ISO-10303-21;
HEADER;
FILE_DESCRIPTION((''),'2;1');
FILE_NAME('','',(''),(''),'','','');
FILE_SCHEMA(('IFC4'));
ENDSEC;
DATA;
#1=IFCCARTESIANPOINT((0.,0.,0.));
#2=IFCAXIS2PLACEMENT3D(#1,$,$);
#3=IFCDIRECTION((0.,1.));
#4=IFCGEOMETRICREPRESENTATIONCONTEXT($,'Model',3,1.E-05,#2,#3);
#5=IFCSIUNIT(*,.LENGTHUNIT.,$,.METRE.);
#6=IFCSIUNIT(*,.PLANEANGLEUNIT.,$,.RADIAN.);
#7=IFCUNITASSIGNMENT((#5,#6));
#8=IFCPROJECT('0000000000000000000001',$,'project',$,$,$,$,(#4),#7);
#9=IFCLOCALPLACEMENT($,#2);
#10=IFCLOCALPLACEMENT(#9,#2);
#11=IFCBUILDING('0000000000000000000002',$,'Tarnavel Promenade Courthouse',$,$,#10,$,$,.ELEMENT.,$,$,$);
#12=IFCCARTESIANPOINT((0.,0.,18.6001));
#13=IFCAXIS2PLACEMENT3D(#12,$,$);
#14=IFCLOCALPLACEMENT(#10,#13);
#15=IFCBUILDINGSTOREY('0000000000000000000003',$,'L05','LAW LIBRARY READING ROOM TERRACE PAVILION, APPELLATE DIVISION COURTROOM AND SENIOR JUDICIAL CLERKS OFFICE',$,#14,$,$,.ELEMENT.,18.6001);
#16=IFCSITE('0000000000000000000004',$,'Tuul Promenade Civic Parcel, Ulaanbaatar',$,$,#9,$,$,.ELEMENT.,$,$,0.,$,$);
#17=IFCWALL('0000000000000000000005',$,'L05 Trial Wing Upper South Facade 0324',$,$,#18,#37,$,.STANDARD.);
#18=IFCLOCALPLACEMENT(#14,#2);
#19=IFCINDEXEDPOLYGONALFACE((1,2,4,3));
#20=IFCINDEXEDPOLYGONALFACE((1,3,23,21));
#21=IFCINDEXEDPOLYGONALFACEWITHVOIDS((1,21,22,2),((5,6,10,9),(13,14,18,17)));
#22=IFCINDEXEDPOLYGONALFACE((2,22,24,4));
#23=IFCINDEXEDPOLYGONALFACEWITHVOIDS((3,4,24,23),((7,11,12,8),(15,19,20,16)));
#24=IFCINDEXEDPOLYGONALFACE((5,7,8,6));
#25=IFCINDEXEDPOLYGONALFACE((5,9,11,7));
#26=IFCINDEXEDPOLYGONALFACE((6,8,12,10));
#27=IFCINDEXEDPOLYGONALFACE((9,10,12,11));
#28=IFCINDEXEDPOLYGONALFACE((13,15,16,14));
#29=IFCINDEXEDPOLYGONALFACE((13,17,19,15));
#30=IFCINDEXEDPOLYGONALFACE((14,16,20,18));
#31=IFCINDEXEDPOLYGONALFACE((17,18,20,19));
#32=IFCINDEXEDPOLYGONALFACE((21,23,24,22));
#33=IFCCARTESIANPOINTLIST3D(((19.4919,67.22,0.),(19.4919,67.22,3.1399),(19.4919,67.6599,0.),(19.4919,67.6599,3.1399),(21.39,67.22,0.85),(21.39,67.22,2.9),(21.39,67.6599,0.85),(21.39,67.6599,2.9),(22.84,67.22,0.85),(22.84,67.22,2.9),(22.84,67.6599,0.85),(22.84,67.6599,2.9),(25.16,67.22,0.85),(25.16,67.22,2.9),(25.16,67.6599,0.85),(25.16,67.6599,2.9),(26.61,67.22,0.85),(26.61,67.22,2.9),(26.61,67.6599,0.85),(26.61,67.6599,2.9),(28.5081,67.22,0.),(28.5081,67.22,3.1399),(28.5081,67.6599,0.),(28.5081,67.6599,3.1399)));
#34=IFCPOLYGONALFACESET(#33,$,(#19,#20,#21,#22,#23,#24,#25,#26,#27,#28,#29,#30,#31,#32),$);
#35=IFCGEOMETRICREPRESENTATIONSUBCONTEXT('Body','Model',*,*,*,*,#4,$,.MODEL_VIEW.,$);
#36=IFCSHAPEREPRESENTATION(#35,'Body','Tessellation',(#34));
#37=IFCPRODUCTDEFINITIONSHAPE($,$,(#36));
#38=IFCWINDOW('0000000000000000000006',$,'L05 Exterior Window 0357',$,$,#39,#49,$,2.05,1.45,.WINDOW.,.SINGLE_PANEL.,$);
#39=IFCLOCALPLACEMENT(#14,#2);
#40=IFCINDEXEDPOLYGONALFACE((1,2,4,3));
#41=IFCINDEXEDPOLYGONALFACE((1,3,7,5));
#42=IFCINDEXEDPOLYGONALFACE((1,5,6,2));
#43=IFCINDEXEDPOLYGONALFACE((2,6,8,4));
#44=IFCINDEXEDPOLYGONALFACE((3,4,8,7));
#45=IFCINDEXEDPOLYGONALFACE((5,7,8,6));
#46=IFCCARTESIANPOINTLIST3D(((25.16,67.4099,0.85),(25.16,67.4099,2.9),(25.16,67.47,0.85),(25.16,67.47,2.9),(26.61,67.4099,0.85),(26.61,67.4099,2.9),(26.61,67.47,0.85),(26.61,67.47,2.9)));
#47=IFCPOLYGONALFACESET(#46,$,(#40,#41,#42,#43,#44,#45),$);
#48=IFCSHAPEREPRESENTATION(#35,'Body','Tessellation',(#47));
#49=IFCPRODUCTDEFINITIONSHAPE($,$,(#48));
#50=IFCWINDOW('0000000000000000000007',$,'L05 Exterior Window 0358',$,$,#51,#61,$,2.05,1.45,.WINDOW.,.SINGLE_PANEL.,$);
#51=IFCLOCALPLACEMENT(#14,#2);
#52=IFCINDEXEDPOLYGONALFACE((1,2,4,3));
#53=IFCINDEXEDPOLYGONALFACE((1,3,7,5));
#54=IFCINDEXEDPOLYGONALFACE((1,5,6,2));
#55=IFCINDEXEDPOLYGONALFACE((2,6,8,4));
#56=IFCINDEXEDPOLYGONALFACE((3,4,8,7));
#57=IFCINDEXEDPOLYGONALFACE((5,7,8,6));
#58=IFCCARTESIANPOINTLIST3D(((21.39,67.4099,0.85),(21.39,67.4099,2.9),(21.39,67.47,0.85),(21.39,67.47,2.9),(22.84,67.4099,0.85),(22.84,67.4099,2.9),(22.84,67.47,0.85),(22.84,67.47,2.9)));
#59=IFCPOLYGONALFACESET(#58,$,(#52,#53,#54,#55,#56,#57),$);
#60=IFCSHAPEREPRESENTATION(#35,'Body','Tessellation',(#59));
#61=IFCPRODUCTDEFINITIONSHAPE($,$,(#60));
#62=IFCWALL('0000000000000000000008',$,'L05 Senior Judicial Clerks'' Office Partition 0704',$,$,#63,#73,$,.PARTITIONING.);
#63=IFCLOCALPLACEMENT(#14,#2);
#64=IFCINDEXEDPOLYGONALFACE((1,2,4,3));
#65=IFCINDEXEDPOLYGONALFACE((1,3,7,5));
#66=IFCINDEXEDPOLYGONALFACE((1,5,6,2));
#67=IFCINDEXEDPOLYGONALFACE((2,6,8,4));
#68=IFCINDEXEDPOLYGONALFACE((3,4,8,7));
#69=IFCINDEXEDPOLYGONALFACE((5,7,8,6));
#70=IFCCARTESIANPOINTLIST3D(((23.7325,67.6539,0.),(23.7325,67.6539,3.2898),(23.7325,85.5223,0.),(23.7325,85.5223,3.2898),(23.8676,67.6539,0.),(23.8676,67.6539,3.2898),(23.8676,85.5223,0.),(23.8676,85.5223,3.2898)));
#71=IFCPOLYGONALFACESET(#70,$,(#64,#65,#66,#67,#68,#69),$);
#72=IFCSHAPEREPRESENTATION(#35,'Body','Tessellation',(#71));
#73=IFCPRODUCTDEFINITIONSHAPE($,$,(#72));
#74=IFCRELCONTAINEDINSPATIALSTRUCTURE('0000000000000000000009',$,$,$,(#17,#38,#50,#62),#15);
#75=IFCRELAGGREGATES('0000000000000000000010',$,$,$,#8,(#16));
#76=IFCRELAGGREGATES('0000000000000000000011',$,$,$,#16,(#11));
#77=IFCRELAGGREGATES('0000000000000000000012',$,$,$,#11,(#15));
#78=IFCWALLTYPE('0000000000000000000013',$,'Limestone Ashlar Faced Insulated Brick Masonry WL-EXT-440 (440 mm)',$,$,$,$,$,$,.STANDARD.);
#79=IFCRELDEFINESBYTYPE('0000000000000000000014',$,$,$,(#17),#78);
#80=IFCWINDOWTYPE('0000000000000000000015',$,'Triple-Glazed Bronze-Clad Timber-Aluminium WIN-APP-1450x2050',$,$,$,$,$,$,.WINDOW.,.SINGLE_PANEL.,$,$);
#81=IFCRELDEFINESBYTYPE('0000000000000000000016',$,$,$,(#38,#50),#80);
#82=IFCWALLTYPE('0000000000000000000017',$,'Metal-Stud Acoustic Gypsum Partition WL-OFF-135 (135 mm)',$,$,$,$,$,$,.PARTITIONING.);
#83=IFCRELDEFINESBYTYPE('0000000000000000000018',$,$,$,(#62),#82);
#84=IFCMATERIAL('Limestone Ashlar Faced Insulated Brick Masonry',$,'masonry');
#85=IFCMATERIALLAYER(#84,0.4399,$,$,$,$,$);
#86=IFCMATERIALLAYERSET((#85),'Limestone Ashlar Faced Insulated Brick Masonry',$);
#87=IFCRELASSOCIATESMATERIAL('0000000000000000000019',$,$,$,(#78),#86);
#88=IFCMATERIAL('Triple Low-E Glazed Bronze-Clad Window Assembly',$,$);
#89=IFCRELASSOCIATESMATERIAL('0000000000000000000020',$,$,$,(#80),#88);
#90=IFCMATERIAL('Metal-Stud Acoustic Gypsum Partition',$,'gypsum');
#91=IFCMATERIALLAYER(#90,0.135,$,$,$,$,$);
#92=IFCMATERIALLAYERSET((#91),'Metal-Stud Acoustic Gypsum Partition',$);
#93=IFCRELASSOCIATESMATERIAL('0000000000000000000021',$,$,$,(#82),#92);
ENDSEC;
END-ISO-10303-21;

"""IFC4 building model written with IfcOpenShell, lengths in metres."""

from ifc_helpers import new_model, si_unit, direction, frame, frame_2d, origin, place, context, subcontext, project, spatial, rectangle, extrude, material, layer, layer_set, type_object, element, fill, save


model = new_model("IFC4")

# Units and contexts
model_context = context("Model", 3, precision=1e-05, world=origin(), true_north=direction((0.0, 1.0)))
body_context = subcontext(model_context, "Body", "Model", "MODEL_VIEW")
ifc_project = project(units=[si_unit("LENGTHUNIT", "METRE"), si_unit("PLANEANGLEUNIT", "RADIAN")], contexts=[model_context])

# Site, building, storey
site_placement = place(None, origin())
site = spatial("IfcSite", under=ifc_project, at=site_placement, Name="Tuul Promenade Civic Parcel, Ulaanbaatar", CompositionType="ELEMENT", RefElevation=0.0)
building_placement = place(site_placement, origin())
building = spatial("IfcBuilding", under=site, at=building_placement, Name="Tarnavel Promenade Courthouse", CompositionType="ELEMENT")
storey_placement = place(building_placement, frame((0.0, 0.0, 18.6001)))
storey = spatial("IfcBuildingStorey", under=building, at=storey_placement, Name="L05", Description="LAW LIBRARY READING ROOM TERRACE PAVILION, APPELLATE DIVISION COURTROOM AND SENIOR JUDICIAL CLERKS OFFICE", CompositionType="ELEMENT", Elevation=18.6001)

# Wall, openings, windows
ifc_material_1 = material(Name="Limestone Ashlar Faced Insulated Brick Masonry", Category="masonry")
ifc_layer_1 = layer(ifc_material_1, 0.4399)
ifc_layer_set_1 = layer_set([ifc_layer_1], Name="Limestone Ashlar Faced Insulated Brick Masonry")
wall_type_1 = type_object("IfcWallType", Name="Limestone Ashlar Faced Insulated Brick Masonry WL-EXT-440 (440 mm)", PredefinedType="STANDARD", material=ifc_layer_set_1)
wall_1_placement = place(storey_placement, frame((28.5081, 67.4399, 0.0), z_axis=(0.0, 0.0, 1.0), x_axis=(-1.0, 0.0, 0.0)))
wall_1 = element("IfcWall", 1, at=wall_1_placement, inside=storey, type_object=wall_type_1, Name="L05 Trial Wing Upper South Facade 0324", PredefinedType="STANDARD", context=body_context, shape_type="SweptSolid", body=[
    extrude(rectangle(XDim=9.0161, YDim=0.4399, at=frame_2d((4.5081, 0.0))), origin(), (0.0, 0.0, 1.0), 3.1399),
])
opening_1_placement = place(wall_1_placement, frame((1.8979, 0.0, 0.8501)))
opening_1 = element("IfcOpeningElement", 2, at=opening_1_placement, cuts=wall_1, PredefinedType="OPENING", context=body_context, shape_type="SweptSolid", body=[
    extrude(rectangle(XDim=1.45, YDim=2.05, at=frame_2d((0.7251, 1.0249))), frame((0.0, 0.23, 0.0), z_axis=(0.0, -1.0, 0.0), x_axis=(1.0, 0.0, 0.0)), (0.0, 0.0, 1.0), 0.46),
])
opening_2_placement = place(wall_1_placement, frame((5.668, 0.0, 0.8501)))
opening_2 = element("IfcOpeningElement", 3, at=opening_2_placement, cuts=wall_1, PredefinedType="OPENING", context=body_context, shape_type="SweptSolid", body=[
    extrude(rectangle(XDim=1.45, YDim=2.05, at=frame_2d((0.7251, 1.0249))), frame((0.0, 0.23, 0.0), z_axis=(0.0, -1.0, 0.0), x_axis=(1.0, 0.0, 0.0)), (0.0, 0.0, 1.0), 0.46),
])
ifc_material_2 = material(Name="Triple Low-E Glazed Bronze-Clad Window Assembly")
window_type = type_object("IfcWindowType", Name="Triple-Glazed Bronze-Clad Timber-Aluminium WIN-APP-1450x2050", PartitioningType="SINGLE_PANEL", PredefinedType="WINDOW", material=ifc_material_2)
window_1_placement = place(opening_1_placement, origin())
window_1 = element("IfcWindow", 4, at=window_1_placement, inside=storey, type_object=window_type, Name="L05 Exterior Window 0357", OverallHeight=2.05, OverallWidth=1.45, PartitioningType="SINGLE_PANEL", PredefinedType="WINDOW", context=body_context, shape_type="SweptSolid", body=[
    extrude(rectangle(XDim=1.45, YDim=2.05, at=frame_2d((0.7251, 1.0249))), frame((0.0, 0.03, 0.0), z_axis=(0.0, -1.0, 0.0), x_axis=(1.0, 0.0, 0.0)), (0.0, 0.0, 1.0), 0.0601),
])
fill(opening_1, window_1)
window_2_placement = place(opening_2_placement, origin())
window_2 = element("IfcWindow", 5, at=window_2_placement, inside=storey, type_object=window_type, Name="L05 Exterior Window 0358", OverallHeight=2.05, OverallWidth=1.45, PartitioningType="SINGLE_PANEL", PredefinedType="WINDOW", context=body_context, shape_type="SweptSolid", body=[
    extrude(rectangle(XDim=1.45, YDim=2.05, at=frame_2d((0.7251, 1.0249))), frame((0.0, 0.03, 0.0), z_axis=(0.0, -1.0, 0.0), x_axis=(1.0, 0.0, 0.0)), (0.0, 0.0, 1.0), 0.0601),
])
fill(opening_2, window_2)

# Wall
ifc_material_3 = material(Name="Metal-Stud Acoustic Gypsum Partition", Category="gypsum")
ifc_layer_2 = layer(ifc_material_3, 0.135)
ifc_layer_set_2 = layer_set([ifc_layer_2], Name="Metal-Stud Acoustic Gypsum Partition")
wall_type_2 = type_object("IfcWallType", Name="Metal-Stud Acoustic Gypsum Partition WL-OFF-135 (135 mm)", PredefinedType="PARTITIONING", material=ifc_layer_set_2)
wall_2_placement = place(storey_placement, frame((23.8, 67.6541, 0.0), z_axis=(0.0, 0.0, 1.0), x_axis=(0.0, 1.0, 0.0)))
element("IfcWall", 6, at=wall_2_placement, inside=storey, type_object=wall_type_2, Name="L05 Senior Judicial Clerks' Office Partition 0704", PredefinedType="PARTITIONING", context=body_context, shape_type="SweptSolid", body=[
    extrude(rectangle(XDim=17.8684, YDim=0.135, at=frame_2d((8.9341, 0.0))), origin(), (0.0, 0.0, 1.0), 3.2898),
])

save(model, "model.ifc")
